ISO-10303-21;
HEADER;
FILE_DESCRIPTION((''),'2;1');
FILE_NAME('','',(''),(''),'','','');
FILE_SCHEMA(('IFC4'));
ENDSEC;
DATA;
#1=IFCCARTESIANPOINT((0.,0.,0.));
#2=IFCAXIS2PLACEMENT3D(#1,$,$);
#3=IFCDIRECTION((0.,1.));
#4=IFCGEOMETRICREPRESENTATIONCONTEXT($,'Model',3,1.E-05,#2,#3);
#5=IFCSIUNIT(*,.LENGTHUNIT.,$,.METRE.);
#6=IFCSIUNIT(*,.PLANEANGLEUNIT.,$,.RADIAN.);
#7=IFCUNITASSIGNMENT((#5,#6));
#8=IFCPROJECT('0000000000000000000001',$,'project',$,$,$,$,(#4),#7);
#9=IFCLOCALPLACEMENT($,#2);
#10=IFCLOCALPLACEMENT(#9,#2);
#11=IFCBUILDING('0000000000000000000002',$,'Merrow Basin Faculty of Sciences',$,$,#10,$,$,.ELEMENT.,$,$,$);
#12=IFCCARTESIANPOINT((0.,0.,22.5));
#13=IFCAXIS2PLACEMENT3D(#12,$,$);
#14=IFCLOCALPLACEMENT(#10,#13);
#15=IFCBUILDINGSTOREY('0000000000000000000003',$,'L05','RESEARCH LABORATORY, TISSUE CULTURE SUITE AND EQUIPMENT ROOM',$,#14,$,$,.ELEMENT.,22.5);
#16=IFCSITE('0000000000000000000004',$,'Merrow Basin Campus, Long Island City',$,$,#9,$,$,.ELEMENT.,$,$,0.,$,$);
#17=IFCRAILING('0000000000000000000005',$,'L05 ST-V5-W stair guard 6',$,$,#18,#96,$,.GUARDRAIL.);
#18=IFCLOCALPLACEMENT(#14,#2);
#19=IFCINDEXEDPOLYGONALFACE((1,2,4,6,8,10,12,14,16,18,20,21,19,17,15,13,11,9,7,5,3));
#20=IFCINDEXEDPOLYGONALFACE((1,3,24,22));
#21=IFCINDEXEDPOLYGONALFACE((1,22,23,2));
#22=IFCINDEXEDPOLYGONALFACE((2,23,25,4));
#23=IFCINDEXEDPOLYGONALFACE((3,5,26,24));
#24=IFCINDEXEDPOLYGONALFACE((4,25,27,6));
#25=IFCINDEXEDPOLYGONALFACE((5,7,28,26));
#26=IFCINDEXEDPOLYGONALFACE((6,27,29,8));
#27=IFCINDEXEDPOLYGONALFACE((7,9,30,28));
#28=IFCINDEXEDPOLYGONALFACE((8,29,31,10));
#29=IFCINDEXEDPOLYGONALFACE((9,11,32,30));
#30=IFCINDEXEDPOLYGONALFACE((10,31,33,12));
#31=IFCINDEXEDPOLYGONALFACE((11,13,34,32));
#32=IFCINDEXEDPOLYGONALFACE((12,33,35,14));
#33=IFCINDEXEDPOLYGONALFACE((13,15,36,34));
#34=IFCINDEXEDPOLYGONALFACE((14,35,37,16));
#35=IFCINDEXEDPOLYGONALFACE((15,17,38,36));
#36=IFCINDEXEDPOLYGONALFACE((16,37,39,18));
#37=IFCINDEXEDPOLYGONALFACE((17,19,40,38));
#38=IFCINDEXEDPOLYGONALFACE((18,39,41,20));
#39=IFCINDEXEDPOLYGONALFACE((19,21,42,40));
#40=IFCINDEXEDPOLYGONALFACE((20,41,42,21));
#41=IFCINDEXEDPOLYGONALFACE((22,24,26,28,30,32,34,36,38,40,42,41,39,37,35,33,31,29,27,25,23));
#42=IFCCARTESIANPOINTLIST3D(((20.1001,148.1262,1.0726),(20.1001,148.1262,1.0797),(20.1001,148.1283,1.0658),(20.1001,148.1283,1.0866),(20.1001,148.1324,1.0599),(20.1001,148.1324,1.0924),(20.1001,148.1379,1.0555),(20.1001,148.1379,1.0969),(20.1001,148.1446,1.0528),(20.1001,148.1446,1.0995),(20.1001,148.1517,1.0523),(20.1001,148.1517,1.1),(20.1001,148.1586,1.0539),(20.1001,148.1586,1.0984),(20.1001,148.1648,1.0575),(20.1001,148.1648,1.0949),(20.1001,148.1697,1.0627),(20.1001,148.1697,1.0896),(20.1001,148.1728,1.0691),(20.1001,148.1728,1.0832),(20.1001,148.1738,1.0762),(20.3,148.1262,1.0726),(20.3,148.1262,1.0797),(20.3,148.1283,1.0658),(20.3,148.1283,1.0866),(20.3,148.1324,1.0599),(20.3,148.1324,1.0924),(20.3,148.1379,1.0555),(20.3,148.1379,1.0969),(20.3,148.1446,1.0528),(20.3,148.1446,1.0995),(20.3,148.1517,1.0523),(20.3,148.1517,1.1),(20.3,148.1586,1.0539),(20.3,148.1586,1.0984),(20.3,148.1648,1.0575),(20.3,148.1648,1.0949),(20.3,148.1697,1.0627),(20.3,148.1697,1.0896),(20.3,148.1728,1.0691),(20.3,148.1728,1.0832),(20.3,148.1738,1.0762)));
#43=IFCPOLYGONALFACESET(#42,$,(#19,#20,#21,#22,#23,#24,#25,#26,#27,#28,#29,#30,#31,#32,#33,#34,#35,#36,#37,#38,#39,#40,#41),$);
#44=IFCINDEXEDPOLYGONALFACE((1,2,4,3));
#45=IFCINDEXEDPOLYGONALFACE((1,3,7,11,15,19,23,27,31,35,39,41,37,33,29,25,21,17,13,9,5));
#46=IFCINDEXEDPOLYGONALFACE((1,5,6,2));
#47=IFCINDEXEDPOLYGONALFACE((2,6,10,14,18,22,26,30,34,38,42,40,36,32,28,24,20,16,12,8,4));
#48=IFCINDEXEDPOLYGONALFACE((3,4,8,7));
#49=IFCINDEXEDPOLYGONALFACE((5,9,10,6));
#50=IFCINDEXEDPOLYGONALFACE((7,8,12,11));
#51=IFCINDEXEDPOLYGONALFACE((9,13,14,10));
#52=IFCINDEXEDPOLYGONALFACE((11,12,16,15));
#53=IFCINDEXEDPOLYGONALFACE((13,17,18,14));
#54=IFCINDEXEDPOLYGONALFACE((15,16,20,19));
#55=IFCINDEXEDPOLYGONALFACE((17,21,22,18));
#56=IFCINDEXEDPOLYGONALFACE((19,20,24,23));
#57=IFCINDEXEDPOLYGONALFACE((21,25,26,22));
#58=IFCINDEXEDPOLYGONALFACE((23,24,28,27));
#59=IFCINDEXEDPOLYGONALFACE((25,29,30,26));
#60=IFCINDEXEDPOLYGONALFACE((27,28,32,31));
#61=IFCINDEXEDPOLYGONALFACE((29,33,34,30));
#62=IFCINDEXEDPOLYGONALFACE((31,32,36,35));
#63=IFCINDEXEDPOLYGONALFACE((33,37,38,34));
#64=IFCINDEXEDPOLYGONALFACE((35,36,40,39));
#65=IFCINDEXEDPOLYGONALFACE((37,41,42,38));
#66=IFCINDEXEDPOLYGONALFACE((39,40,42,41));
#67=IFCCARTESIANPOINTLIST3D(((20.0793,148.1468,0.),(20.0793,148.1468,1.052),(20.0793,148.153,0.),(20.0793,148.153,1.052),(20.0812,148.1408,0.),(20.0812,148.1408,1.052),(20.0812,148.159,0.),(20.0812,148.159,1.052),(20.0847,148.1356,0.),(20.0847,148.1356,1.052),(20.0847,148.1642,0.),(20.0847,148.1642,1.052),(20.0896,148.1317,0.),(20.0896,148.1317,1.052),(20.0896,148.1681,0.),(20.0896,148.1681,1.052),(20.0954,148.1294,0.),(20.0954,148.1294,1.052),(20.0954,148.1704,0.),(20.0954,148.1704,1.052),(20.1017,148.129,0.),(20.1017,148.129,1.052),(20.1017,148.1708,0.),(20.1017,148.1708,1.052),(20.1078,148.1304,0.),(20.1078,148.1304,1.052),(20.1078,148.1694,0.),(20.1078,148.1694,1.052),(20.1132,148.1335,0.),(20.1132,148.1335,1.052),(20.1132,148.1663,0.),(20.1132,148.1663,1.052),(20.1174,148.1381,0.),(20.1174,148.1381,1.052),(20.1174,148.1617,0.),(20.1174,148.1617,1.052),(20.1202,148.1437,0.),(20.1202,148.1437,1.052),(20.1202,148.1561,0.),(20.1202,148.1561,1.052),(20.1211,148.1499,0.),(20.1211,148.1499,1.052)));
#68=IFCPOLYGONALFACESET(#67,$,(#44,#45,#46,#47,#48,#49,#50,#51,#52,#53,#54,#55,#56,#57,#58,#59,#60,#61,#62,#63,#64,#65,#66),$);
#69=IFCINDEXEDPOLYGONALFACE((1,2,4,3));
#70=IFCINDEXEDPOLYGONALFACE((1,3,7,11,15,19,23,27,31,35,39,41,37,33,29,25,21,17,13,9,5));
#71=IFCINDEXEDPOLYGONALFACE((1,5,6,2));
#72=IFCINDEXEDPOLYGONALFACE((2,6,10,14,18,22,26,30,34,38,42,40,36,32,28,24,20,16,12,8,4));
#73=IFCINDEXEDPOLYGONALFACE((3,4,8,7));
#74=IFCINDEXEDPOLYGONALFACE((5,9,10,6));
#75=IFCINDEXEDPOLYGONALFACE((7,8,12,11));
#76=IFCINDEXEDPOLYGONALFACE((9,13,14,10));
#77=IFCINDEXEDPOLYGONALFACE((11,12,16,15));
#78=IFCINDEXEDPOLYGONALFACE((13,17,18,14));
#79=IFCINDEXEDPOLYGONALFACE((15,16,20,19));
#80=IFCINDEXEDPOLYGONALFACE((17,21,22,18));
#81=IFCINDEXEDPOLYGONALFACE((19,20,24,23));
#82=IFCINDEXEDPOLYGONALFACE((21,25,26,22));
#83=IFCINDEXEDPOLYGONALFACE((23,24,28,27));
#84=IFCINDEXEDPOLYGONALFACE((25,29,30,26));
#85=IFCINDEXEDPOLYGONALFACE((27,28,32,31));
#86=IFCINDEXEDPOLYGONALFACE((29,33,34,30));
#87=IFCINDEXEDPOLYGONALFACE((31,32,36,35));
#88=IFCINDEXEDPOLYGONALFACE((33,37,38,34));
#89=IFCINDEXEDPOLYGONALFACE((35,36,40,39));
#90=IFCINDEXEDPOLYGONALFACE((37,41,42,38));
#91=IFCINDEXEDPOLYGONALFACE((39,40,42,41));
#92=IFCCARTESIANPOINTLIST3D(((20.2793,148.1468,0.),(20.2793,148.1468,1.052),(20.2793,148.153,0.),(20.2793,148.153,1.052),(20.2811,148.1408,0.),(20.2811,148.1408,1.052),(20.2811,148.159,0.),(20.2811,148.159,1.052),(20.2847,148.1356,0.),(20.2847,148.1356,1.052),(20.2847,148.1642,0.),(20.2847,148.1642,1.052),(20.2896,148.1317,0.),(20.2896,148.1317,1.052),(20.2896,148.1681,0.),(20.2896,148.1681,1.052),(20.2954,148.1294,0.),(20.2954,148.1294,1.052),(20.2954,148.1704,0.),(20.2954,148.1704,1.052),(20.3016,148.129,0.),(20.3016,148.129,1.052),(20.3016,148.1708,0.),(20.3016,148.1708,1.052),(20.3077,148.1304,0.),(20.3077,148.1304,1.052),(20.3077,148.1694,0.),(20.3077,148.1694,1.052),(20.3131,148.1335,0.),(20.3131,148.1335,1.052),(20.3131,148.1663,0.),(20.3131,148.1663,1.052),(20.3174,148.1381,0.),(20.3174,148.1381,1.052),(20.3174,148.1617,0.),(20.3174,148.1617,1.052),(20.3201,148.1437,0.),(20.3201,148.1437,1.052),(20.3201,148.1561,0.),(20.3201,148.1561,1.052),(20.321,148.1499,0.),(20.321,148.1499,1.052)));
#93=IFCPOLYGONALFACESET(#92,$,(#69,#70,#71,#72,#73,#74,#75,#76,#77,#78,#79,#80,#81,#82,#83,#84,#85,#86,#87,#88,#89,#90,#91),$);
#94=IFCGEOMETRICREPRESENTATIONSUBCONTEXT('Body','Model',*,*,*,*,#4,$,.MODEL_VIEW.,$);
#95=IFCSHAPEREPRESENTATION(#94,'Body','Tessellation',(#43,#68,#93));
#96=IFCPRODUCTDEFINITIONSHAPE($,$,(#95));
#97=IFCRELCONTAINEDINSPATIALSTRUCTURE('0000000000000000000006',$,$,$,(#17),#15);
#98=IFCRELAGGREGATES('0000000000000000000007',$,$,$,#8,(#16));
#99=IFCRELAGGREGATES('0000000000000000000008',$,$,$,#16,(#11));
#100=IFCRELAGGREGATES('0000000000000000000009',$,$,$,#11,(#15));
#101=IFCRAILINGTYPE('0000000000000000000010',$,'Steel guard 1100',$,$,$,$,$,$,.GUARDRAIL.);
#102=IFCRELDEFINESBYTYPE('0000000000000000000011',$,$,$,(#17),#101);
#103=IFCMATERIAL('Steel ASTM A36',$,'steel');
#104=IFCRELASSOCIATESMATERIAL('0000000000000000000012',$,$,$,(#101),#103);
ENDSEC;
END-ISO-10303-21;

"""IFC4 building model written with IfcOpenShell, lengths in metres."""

from ifc_helpers import new_model, si_unit, direction, frame, origin, origin_2d, place, context, subcontext, project, spatial, circle, extrude, material, type_object, element, save


model = new_model("IFC4")

# Units and contexts
model_context = context("Model", 3, precision=1e-05, world=origin(), true_north=direction((0.0, 1.0)))
body_context = subcontext(model_context, "Body", "Model", "MODEL_VIEW")
ifc_project = project(units=[si_unit("LENGTHUNIT", "METRE"), si_unit("PLANEANGLEUNIT", "RADIAN")], contexts=[model_context])

# Site, building, storey
site_placement = place(None, origin())
site = spatial("IfcSite", under=ifc_project, at=site_placement, Name="Merrow Basin Campus, Long Island City", CompositionType="ELEMENT", RefElevation=0.0)
building_placement = place(site_placement, origin())
building = spatial("IfcBuilding", under=site, at=building_placement, Name="Merrow Basin Faculty of Sciences", CompositionType="ELEMENT")
storey_placement = place(building_placement, frame((0.0, 0.0, 22.5)))
storey = spatial("IfcBuildingStorey", under=building, at=storey_placement, Name="L05", Description="RESEARCH LABORATORY, TISSUE CULTURE SUITE AND EQUIPMENT ROOM", CompositionType="ELEMENT", Elevation=22.5)

# Railing
ifc_material_1 = material(Name="Steel ASTM A36", Category="steel")
railing_type_1 = type_object("IfcRailingType", Name="Steel guard 1100", PredefinedType="GUARDRAIL", material=ifc_material_1)
railing_1_placement = place(storey_placement, frame((20.1001, 148.1499, 0.0)))
element("IfcRailing", 1, at=railing_1_placement, inside=storey, type_object=railing_type_1, Name="L05 ST-V5-W stair guard 6", PredefinedType="GUARDRAIL", context=body_context, shape_type="SweptSolid", body=[
    extrude(circle(Radius=0.0239, at=origin_2d()), frame((0.0, 0.0, 1.0762), z_axis=(1.0, 0.0, 0.0), x_axis=(0.0, 1.0, 0.0)), (0.0, 0.0, 1.0), 0.2),
    extrude(circle(Radius=0.021, at=origin_2d()), origin(), (0.0, 0.0, 1.0), 1.052),
    extrude(circle(Radius=0.021, at=origin_2d()), frame((0.2, 0.0, 0.0)), (0.0, 0.0, 1.0), 1.052),
])

save(model, "model.ifc")
